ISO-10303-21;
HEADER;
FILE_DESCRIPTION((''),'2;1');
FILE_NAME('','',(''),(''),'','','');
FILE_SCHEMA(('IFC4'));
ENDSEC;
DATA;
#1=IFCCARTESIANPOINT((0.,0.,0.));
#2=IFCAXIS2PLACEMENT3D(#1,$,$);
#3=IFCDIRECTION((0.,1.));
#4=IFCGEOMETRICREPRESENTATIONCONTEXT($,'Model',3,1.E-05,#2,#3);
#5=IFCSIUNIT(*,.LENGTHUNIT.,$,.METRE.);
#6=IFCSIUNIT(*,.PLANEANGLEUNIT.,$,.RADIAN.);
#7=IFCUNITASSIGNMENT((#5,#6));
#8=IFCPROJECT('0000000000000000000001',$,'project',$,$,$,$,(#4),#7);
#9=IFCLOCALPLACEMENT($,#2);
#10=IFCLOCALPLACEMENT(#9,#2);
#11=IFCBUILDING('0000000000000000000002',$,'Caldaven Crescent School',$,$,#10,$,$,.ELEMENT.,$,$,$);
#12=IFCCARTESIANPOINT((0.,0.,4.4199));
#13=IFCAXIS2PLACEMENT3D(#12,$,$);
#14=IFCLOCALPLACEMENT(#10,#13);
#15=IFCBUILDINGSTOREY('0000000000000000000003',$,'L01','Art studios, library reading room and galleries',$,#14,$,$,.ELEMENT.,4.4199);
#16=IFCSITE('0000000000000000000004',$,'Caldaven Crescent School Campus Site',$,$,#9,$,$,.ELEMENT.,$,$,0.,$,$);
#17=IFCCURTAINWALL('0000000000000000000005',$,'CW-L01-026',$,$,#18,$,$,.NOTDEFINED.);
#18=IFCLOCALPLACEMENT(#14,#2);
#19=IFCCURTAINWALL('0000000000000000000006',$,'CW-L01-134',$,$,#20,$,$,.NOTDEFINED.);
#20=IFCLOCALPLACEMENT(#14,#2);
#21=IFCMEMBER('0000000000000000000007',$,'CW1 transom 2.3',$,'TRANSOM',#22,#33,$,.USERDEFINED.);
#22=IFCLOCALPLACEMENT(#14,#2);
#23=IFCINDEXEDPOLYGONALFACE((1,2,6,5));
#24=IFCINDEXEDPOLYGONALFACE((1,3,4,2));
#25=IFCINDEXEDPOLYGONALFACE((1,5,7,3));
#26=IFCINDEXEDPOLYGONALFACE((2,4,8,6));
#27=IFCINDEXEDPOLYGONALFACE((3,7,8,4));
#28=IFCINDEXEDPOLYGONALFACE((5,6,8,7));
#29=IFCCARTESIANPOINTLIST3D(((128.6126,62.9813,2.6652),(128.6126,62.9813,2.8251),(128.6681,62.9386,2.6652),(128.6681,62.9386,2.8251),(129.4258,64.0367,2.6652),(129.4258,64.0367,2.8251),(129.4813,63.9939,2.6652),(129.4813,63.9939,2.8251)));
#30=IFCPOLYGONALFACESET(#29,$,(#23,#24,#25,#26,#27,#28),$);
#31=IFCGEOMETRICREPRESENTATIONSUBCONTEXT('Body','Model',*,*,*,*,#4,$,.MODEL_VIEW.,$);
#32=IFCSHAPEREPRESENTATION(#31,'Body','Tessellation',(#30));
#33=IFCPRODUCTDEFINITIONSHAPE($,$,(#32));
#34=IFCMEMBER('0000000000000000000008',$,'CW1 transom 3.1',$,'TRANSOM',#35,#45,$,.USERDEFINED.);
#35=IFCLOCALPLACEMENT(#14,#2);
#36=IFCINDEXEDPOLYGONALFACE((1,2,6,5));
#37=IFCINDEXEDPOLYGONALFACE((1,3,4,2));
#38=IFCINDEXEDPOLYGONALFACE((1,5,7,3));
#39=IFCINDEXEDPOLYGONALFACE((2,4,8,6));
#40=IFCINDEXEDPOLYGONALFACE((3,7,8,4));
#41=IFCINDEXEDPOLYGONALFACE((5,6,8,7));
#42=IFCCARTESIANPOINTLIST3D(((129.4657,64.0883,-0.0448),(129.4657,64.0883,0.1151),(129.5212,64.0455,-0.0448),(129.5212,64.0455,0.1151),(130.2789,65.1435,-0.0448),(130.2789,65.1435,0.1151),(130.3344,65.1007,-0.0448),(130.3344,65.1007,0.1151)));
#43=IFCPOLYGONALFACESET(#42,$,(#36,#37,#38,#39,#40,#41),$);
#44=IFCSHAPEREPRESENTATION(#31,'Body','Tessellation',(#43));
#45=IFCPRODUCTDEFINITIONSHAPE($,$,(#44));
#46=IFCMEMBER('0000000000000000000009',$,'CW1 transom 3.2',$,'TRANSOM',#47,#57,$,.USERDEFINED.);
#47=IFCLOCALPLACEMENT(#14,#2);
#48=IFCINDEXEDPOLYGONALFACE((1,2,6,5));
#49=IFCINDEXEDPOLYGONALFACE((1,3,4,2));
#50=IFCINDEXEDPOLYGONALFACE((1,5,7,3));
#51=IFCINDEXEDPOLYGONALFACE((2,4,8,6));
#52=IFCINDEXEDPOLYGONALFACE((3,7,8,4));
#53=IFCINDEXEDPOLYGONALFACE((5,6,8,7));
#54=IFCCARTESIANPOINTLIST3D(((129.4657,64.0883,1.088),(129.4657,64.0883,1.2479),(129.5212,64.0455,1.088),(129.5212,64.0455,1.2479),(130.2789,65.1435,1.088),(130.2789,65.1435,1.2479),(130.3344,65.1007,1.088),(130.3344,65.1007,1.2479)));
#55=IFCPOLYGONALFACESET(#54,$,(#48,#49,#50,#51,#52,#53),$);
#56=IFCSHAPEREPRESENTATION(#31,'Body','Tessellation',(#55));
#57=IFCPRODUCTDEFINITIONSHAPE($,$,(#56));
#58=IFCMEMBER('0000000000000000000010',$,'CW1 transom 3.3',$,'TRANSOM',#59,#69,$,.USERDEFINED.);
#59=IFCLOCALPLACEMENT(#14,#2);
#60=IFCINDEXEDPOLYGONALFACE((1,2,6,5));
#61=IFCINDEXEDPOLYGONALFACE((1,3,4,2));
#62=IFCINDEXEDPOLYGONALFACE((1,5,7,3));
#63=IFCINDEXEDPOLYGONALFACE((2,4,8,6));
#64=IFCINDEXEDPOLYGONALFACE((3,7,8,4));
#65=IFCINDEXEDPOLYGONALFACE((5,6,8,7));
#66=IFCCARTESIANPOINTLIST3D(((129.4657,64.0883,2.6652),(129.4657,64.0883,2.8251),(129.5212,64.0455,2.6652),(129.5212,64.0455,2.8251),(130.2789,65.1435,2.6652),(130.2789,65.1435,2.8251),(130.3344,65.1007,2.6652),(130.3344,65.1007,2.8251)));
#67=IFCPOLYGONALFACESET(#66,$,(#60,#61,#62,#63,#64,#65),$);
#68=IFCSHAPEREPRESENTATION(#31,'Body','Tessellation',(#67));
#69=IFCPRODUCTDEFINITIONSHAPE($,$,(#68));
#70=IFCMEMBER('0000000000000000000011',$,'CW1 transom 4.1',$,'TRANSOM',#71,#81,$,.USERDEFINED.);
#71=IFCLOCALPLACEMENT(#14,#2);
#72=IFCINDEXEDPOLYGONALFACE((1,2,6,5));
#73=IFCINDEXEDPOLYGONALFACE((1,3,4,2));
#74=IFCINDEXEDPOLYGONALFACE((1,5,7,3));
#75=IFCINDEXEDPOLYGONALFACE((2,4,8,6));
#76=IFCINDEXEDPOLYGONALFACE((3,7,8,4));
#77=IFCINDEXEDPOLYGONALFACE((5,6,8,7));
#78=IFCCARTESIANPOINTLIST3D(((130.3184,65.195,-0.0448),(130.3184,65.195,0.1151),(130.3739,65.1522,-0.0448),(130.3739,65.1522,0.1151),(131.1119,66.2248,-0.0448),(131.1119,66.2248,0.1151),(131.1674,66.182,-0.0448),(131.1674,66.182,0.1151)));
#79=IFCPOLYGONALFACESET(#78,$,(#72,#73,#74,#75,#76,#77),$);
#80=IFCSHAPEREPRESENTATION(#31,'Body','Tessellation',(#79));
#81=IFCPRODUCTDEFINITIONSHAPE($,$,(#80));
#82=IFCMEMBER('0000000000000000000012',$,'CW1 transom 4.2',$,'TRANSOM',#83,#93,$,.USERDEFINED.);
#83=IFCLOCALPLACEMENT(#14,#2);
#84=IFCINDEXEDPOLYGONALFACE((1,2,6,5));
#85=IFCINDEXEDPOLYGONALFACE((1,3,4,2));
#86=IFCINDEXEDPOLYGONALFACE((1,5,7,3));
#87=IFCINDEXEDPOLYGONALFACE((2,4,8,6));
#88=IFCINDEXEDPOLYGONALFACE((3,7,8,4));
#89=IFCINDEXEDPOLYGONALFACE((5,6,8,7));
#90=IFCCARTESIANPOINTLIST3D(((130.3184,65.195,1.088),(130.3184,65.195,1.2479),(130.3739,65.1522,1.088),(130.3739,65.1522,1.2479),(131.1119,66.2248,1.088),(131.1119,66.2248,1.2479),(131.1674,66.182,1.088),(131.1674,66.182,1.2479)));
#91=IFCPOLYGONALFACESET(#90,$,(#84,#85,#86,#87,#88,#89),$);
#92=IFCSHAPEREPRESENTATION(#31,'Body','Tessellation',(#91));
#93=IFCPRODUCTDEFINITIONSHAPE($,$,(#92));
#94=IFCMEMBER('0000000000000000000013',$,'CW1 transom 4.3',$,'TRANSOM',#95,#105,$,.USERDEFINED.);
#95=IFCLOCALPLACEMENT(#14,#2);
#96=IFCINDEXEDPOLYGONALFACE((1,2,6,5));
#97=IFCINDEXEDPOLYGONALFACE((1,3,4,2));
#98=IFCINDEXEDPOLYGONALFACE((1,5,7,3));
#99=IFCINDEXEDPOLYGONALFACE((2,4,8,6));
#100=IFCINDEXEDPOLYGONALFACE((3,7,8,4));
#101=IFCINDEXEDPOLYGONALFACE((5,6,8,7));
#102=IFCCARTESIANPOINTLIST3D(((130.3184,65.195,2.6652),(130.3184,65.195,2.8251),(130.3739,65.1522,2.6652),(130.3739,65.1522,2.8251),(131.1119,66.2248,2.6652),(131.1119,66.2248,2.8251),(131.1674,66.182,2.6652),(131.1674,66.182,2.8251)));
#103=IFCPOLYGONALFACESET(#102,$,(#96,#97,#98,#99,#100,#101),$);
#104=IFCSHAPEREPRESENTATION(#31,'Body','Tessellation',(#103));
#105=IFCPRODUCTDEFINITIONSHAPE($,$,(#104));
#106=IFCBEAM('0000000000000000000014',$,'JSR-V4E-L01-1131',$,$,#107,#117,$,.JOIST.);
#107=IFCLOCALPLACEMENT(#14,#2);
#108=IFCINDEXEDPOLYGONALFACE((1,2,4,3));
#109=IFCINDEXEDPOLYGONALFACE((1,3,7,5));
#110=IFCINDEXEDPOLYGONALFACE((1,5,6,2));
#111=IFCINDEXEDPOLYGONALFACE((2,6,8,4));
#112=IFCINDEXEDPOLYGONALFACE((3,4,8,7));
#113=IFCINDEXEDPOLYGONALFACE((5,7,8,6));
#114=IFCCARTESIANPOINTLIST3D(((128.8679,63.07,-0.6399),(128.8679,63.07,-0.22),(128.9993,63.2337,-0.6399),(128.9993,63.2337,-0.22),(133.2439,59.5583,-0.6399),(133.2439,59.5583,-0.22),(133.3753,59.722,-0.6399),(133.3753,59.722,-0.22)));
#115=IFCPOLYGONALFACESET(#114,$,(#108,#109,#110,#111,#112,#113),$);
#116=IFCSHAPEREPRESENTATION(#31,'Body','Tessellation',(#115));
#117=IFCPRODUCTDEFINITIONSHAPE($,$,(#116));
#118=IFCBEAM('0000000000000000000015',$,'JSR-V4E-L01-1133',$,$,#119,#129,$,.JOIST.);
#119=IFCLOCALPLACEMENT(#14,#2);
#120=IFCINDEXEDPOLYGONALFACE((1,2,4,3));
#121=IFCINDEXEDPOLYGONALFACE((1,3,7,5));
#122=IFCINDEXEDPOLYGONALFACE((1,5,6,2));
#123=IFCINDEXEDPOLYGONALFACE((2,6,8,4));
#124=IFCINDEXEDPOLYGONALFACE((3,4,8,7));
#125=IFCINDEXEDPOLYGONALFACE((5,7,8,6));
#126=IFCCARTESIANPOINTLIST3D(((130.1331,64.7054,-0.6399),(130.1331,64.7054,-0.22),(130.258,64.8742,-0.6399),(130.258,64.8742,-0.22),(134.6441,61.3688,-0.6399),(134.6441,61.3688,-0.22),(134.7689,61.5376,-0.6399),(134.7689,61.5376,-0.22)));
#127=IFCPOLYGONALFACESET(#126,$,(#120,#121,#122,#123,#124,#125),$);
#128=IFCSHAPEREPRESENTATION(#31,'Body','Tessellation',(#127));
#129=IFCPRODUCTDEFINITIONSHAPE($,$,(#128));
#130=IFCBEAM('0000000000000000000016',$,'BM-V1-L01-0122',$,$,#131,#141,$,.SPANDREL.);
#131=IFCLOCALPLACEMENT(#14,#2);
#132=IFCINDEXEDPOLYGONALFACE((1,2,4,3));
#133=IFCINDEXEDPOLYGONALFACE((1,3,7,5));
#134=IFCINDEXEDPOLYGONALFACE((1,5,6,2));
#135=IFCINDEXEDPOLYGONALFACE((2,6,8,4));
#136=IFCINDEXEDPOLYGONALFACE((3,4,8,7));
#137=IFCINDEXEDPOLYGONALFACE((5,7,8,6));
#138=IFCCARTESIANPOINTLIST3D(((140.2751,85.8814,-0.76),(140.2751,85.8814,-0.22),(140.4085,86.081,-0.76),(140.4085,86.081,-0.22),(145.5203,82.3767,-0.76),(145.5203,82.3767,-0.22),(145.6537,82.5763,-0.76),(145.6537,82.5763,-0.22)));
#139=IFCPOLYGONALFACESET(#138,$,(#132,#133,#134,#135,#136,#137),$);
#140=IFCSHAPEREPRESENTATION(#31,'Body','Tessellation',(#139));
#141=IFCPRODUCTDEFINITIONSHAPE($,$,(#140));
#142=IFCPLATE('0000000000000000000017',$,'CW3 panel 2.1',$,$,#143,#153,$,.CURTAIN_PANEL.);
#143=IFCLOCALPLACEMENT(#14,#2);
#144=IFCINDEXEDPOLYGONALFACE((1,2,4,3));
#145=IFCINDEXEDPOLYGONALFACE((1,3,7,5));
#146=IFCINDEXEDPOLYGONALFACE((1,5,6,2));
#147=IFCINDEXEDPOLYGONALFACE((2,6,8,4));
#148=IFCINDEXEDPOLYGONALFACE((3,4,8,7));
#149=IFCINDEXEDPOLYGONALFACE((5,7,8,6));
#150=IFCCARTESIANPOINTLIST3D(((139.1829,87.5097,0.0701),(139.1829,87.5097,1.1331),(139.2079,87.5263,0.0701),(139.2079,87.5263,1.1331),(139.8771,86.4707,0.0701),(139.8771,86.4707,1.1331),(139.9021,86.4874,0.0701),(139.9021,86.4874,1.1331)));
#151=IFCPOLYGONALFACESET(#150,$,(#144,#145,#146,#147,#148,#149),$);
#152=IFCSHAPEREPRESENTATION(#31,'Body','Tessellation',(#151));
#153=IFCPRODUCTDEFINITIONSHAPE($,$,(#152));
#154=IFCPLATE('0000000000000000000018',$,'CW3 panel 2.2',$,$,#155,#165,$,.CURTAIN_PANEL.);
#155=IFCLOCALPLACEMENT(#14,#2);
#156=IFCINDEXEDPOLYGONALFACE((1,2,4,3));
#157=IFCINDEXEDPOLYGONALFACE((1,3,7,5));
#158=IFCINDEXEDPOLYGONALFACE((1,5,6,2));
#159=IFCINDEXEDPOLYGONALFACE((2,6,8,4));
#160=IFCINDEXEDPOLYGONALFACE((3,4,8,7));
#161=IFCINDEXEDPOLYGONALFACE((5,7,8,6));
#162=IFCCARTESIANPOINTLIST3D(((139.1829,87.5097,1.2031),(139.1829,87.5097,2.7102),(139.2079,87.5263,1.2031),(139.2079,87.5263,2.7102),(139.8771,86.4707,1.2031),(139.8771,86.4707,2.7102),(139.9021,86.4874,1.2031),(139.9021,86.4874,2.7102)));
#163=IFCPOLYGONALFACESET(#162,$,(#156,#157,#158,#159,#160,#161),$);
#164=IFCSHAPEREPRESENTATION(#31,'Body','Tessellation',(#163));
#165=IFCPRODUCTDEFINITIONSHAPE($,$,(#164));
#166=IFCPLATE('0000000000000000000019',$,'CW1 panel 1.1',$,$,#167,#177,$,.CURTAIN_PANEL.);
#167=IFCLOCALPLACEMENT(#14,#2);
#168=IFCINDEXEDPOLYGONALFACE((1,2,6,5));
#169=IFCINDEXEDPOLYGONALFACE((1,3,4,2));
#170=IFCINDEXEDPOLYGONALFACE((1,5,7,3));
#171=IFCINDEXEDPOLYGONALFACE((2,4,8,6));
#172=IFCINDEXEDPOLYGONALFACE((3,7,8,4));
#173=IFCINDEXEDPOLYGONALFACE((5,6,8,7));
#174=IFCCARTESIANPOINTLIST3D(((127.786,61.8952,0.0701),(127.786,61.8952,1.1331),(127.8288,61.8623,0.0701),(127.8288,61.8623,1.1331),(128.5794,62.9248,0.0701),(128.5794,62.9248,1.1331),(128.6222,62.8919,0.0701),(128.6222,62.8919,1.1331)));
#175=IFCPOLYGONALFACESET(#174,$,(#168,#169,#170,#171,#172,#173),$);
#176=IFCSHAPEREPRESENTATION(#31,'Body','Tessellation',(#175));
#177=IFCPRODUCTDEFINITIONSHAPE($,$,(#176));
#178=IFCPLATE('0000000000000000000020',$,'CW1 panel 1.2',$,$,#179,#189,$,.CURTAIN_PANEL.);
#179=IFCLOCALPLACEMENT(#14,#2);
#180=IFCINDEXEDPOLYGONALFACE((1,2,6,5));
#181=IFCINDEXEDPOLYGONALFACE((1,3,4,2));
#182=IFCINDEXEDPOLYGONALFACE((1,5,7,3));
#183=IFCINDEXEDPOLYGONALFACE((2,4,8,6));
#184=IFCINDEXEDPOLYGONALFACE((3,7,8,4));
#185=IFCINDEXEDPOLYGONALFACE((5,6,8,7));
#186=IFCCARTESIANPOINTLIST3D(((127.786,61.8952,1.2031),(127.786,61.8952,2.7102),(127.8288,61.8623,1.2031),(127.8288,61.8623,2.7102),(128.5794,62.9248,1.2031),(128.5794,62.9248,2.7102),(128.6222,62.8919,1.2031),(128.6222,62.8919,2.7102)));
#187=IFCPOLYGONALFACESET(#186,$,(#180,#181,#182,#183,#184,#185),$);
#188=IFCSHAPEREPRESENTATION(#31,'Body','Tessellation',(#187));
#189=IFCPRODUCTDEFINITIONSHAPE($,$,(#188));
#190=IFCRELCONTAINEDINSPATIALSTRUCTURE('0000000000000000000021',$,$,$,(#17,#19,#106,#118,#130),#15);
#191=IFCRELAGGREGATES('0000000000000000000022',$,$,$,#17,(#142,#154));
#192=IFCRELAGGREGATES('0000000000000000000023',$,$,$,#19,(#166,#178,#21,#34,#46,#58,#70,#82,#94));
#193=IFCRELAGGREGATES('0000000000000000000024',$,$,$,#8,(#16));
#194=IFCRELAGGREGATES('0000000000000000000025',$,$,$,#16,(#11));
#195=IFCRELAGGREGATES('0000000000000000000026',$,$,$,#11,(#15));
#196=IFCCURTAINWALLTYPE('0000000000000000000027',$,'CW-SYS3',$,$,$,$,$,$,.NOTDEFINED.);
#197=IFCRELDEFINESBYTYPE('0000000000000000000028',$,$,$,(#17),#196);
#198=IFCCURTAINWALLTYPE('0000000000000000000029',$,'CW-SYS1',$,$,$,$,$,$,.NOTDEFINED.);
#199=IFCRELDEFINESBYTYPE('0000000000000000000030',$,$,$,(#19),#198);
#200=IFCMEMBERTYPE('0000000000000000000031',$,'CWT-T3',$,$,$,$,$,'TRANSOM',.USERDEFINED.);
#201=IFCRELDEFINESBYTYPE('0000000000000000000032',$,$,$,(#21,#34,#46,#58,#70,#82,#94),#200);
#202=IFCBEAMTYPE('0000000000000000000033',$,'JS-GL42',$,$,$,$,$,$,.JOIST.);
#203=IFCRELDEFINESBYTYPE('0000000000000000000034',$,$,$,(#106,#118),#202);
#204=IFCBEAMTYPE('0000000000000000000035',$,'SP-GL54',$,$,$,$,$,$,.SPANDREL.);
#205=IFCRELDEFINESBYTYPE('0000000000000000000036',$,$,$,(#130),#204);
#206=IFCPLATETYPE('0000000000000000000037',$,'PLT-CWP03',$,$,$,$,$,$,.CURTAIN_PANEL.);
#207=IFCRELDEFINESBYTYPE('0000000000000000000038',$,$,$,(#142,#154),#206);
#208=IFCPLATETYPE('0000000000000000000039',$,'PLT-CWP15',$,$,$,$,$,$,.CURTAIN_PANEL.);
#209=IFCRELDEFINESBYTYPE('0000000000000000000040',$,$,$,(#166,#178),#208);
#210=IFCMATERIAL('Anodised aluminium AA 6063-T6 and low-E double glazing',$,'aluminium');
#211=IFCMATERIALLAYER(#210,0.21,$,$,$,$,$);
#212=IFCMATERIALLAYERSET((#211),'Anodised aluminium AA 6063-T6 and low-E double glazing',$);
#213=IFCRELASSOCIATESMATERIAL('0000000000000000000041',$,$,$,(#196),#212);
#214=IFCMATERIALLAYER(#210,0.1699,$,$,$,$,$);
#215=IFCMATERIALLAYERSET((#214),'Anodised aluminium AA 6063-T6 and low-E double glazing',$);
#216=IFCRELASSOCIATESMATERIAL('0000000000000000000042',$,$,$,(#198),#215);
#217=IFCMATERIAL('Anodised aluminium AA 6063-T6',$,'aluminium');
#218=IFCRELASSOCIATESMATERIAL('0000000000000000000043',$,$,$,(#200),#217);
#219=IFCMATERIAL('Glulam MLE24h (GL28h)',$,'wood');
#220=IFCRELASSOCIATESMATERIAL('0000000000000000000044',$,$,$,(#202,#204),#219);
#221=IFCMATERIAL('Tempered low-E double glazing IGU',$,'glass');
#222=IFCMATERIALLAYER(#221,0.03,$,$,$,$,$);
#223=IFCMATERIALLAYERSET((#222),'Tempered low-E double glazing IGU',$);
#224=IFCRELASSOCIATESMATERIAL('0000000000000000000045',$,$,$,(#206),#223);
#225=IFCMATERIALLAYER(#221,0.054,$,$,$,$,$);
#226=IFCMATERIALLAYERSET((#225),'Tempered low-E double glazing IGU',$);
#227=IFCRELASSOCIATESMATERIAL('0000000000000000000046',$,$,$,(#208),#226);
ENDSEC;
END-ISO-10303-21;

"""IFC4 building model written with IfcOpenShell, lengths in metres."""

from ifc_helpers import new_model, si_unit, direction, frame, origin, origin_2d, place, context, subcontext, project, spatial, rectangle, extrude, material, layer, layer_set, material_profile, profile_set, type_object, element, aggregate, save


model = new_model("IFC4")

# Units and contexts
model_context = context("Model", 3, precision=1e-05, world=origin(), true_north=direction((0.0, 1.0)))
body_context = subcontext(model_context, "Body", "Model", "MODEL_VIEW")
ifc_project = project(units=[si_unit("LENGTHUNIT", "METRE"), si_unit("PLANEANGLEUNIT", "RADIAN")], contexts=[model_context])

# Site, building, storey
site_placement = place(None, origin())
site = spatial("IfcSite", under=ifc_project, at=site_placement, Name="Caldaven Crescent School Campus Site", CompositionType="ELEMENT", RefElevation=0.0)
building_placement = place(site_placement, origin())
building = spatial("IfcBuilding", under=site, at=building_placement, Name="Caldaven Crescent School", CompositionType="ELEMENT")
storey_placement = place(building_placement, frame((0.0, 0.0, 4.4199)))
storey = spatial("IfcBuildingStorey", under=building, at=storey_placement, Name="L01", Description="Art studios, library reading room and galleries", CompositionType="ELEMENT", Elevation=4.4199)

# Shared definitions
ifc_material_1 = material(Name="Glulam MLE24h (GL28h)", Category="wood")

# Curtain wall
ifc_material_2 = material(Name="Anodised aluminium AA 6063-T6 and low-E double glazing", Category="aluminium")
ifc_layer_1 = layer(ifc_material_2, 0.21)
ifc_layer_set_1 = layer_set([ifc_layer_1], Name="Anodised aluminium AA 6063-T6 and low-E double glazing")
curtain_wall_type_1 = type_object("IfcCurtainWallType", Name="CW-SYS3", PredefinedType="NOTDEFINED", material=ifc_layer_set_1)
curtain_wall_1_placement = place(storey_placement, origin())
curtain_wall_1 = element("IfcCurtainWall", 1, at=curtain_wall_1_placement, inside=storey, type_object=curtain_wall_type_1, Name="CW-L01-026", PredefinedType="NOTDEFINED")
ifc_material_3 = material(Name="Anodised aluminium AA 6063-T6", Category="aluminium")

# Curtain wall, members
ifc_layer_2 = layer(ifc_material_2, 0.1699)
ifc_layer_set_2 = layer_set([ifc_layer_2], Name="Anodised aluminium AA 6063-T6 and low-E double glazing")
curtain_wall_type_2 = type_object("IfcCurtainWallType", Name="CW-SYS1", PredefinedType="NOTDEFINED", material=ifc_layer_set_2)
curtain_wall_2_placement = place(storey_placement, origin())
curtain_wall_2 = element("IfcCurtainWall", 2, at=curtain_wall_2_placement, inside=storey, type_object=curtain_wall_type_2, Name="CW-L01-134", PredefinedType="NOTDEFINED")
ifc_material_profile_1 = material_profile(ifc_material_3, rectangle(XDim=0.0701, YDim=0.1599, at=origin_2d()), Name="CWT 70x160")
ifc_profile_set_1 = profile_set([ifc_material_profile_1], Name="Anodised aluminium AA 6063-T6")
member_type_1 = type_object("IfcMemberType", Name="CWT-T3", ElementType="TRANSOM", PredefinedType="USERDEFINED", material=ifc_profile_set_1)
member_1_placement = place(storey_placement, frame((128.6404, 62.96, 2.7451), z_axis=(0.610357, 0.792126, 0.0), x_axis=(-0.792126, 0.610357, 0.0)))
member_1 = element("IfcMember", 3, at=member_1_placement, type_object=member_type_1, Name="CW1 transom 2.3", ObjectType="TRANSOM", PredefinedType="USERDEFINED", context=body_context, shape_type="SweptSolid", body=[
    extrude(rectangle(XDim=0.0701, YDim=0.1599, at=origin_2d()), origin(), (0.0, 0.0, 1.0), 1.3323),
])
member_2_placement = place(storey_placement, frame((129.4934, 64.0669, 0.0352), z_axis=(0.610446, 0.792058, 0.0), x_axis=(-0.792058, 0.610446, 0.0)))
member_2 = element("IfcMember", 4, at=member_2_placement, type_object=member_type_1, Name="CW1 transom 3.1", ObjectType="TRANSOM", PredefinedType="USERDEFINED", context=body_context, shape_type="SweptSolid", body=[
    extrude(rectangle(XDim=0.0701, YDim=0.1599, at=origin_2d()), origin(), (0.0, 0.0, 1.0), 1.3323),
])
member_3_placement = place(storey_placement, frame((129.4934, 64.0669, 1.168), z_axis=(0.610446, 0.792058, 0.0), x_axis=(-0.792058, 0.610446, 0.0)))
member_3 = element("IfcMember", 5, at=member_3_placement, type_object=member_type_1, Name="CW1 transom 3.2", ObjectType="TRANSOM", PredefinedType="USERDEFINED", context=body_context, shape_type="SweptSolid", body=[
    extrude(rectangle(XDim=0.0701, YDim=0.1599, at=origin_2d()), origin(), (0.0, 0.0, 1.0), 1.3323),
])
member_4_placement = place(storey_placement, frame((129.4934, 64.0669, 2.7451), z_axis=(0.610446, 0.792058, 0.0), x_axis=(-0.792058, 0.610446, 0.0)))
member_4 = element("IfcMember", 6, at=member_4_placement, type_object=member_type_1, Name="CW1 transom 3.3", ObjectType="TRANSOM", PredefinedType="USERDEFINED", context=body_context, shape_type="SweptSolid", body=[
    extrude(rectangle(XDim=0.0701, YDim=0.1599, at=origin_2d()), origin(), (0.0, 0.0, 1.0), 1.3323),
])
member_5_placement = place(storey_placement, frame((130.3462, 65.1736, 0.0352), z_axis=(0.610346, 0.792135, 0.0), x_axis=(-0.792135, 0.610346, 0.0)))
member_5 = element("IfcMember", 7, at=member_5_placement, type_object=member_type_1, Name="CW1 transom 4.1", ObjectType="TRANSOM", PredefinedType="USERDEFINED", context=body_context, shape_type="SweptSolid", body=[
    extrude(rectangle(XDim=0.0701, YDim=0.1599, at=origin_2d()), origin(), (0.0, 0.0, 1.0), 1.3),
])
member_6_placement = place(storey_placement, frame((130.3462, 65.1736, 1.168), z_axis=(0.610346, 0.792135, 0.0), x_axis=(-0.792135, 0.610346, 0.0)))
member_6 = element("IfcMember", 8, at=member_6_placement, type_object=member_type_1, Name="CW1 transom 4.2", ObjectType="TRANSOM", PredefinedType="USERDEFINED", context=body_context, shape_type="SweptSolid", body=[
    extrude(rectangle(XDim=0.0701, YDim=0.1599, at=origin_2d()), origin(), (0.0, 0.0, 1.0), 1.3),
])
member_7_placement = place(storey_placement, frame((130.3462, 65.1736, 2.7451), z_axis=(0.610346, 0.792135, 0.0), x_axis=(-0.792135, 0.610346, 0.0)))
member_7 = element("IfcMember", 9, at=member_7_placement, type_object=member_type_1, Name="CW1 transom 4.3", ObjectType="TRANSOM", PredefinedType="USERDEFINED", context=body_context, shape_type="SweptSolid", body=[
    extrude(rectangle(XDim=0.0701, YDim=0.1599, at=origin_2d()), origin(), (0.0, 0.0, 1.0), 1.3),
])

# Beams
ifc_material_profile_2 = material_profile(ifc_material_1, rectangle(XDim=0.21, YDim=0.4199, at=origin_2d()), Name="MLE 210x420")
ifc_profile_set_2 = profile_set([ifc_material_profile_2], Name="Glulam MLE24h (GL28h)")
beam_type_1 = type_object("IfcBeamType", Name="JS-GL42", PredefinedType="JOIST", material=ifc_profile_set_2)
for number, where, z_axis, x_axis, name in (
    (10, (128.9336, 63.1519, -0.4299), (0.779917, -0.625883, 0.0), (0.625883, 0.779917, 0.0), "JSR-V4E-L01-1131"),
    (11, (130.1956, 64.7898, -0.4299), (0.803966, -0.594675, 0.0), (0.594675, 0.803966, 0.0), "JSR-V4E-L01-1133"),
):
    element("IfcBeam", number, at=place(storey_placement, frame(where, z_axis=z_axis, x_axis=x_axis)), inside=storey, type_object=beam_type_1, Name=name, PredefinedType="JOIST", context=body_context, shape_type="SweptSolid", body=[
        extrude(rectangle(XDim=0.21, YDim=0.4199, at=origin_2d()), origin(), (0.0, 0.0, 1.0), 5.6108),
    ])
ifc_material_profile_3 = material_profile(ifc_material_1, rectangle(XDim=0.24, YDim=0.54, at=origin_2d()), Name="MLE 240x540")
ifc_profile_set_3 = profile_set([ifc_material_profile_3], Name="Glulam MLE24h (GL28h)")
beam_type_2 = type_object("IfcBeamType", Name="SP-GL54", PredefinedType="SPANDREL", material=ifc_profile_set_3)
beam_1_placement = place(storey_placement, frame((140.3418, 85.9812, -0.49), z_axis=(0.831472, -0.555566, 0.0), x_axis=(0.555566, 0.831472, 0.0)))
element("IfcBeam", 12, at=beam_1_placement, inside=storey, type_object=beam_type_2, Name="BM-V1-L01-0122", PredefinedType="SPANDREL", context=body_context, shape_type="SweptSolid", body=[
    extrude(rectangle(XDim=0.24, YDim=0.54, at=origin_2d()), origin(), (0.0, 0.0, 1.0), 6.3083),
])

# Plates
ifc_material_4 = material(Name="Tempered low-E double glazing IGU", Category="glass")
ifc_layer_3 = layer(ifc_material_4, 0.03)
ifc_layer_set_3 = layer_set([ifc_layer_3], Name="Tempered low-E double glazing IGU")
plate_type_1 = type_object("IfcPlateType", Name="PLT-CWP03", PredefinedType="CURTAIN_PANEL", material=ifc_layer_set_3)
plate_1_placement = place(storey_placement, frame((139.5425, 86.9985, 0.0701), z_axis=(0.0, 0.0, 1.0), x_axis=(0.555572, -0.831469, 0.0)))
plate_1 = element("IfcPlate", 13, at=plate_1_placement, type_object=plate_type_1, Name="CW3 panel 2.1", PredefinedType="CURTAIN_PANEL", context=body_context, shape_type="SweptSolid", body=[
    extrude(rectangle(XDim=1.2495, YDim=0.03, at=origin_2d()), origin(), (0.0, 0.0, 1.0), 1.063),
])
plate_2_placement = place(storey_placement, frame((139.5425, 86.9985, 1.2031), z_axis=(0.0, 0.0, 1.0), x_axis=(0.555572, -0.831469, 0.0)))
plate_2 = element("IfcPlate", 14, at=plate_2_placement, type_object=plate_type_1, Name="CW3 panel 2.2", PredefinedType="CURTAIN_PANEL", context=body_context, shape_type="SweptSolid", body=[
    extrude(rectangle(XDim=1.2495, YDim=0.03, at=origin_2d()), origin(), (0.0, 0.0, 1.0), 1.5071),
])
aggregate(curtain_wall_1, [plate_1, plate_2])
ifc_layer_4 = layer(ifc_material_4, 0.054)
ifc_layer_set_4 = layer_set([ifc_layer_4], Name="Tempered low-E double glazing IGU")
plate_type_2 = type_object("IfcPlateType", Name="PLT-CWP15", PredefinedType="CURTAIN_PANEL", material=ifc_layer_set_4)
plate_3_placement = place(storey_placement, frame((128.2041, 62.3936, 0.0701), z_axis=(0.0, 0.0, 1.0), x_axis=(0.610387, 0.792103, 0.0)))
plate_3 = element("IfcPlate", 15, at=plate_3_placement, type_object=plate_type_2, Name="CW1 panel 1.1", PredefinedType="CURTAIN_PANEL", context=body_context, shape_type="SweptSolid", body=[
    extrude(rectangle(XDim=1.2998, YDim=0.054, at=origin_2d()), origin(), (0.0, 0.0, 1.0), 1.063),
])
plate_4_placement = place(storey_placement, frame((128.2041, 62.3936, 1.2031), z_axis=(0.0, 0.0, 1.0), x_axis=(0.610387, 0.792103, 0.0)))
plate_4 = element("IfcPlate", 16, at=plate_4_placement, type_object=plate_type_2, Name="CW1 panel 1.2", PredefinedType="CURTAIN_PANEL", context=body_context, shape_type="SweptSolid", body=[
    extrude(rectangle(XDim=1.2998, YDim=0.054, at=origin_2d()), origin(), (0.0, 0.0, 1.0), 1.5071),
])
aggregate(curtain_wall_2, [plate_3, plate_4, member_1, member_2, member_3, member_4, member_5, member_6, member_7])

save(model, "model.ifc")
